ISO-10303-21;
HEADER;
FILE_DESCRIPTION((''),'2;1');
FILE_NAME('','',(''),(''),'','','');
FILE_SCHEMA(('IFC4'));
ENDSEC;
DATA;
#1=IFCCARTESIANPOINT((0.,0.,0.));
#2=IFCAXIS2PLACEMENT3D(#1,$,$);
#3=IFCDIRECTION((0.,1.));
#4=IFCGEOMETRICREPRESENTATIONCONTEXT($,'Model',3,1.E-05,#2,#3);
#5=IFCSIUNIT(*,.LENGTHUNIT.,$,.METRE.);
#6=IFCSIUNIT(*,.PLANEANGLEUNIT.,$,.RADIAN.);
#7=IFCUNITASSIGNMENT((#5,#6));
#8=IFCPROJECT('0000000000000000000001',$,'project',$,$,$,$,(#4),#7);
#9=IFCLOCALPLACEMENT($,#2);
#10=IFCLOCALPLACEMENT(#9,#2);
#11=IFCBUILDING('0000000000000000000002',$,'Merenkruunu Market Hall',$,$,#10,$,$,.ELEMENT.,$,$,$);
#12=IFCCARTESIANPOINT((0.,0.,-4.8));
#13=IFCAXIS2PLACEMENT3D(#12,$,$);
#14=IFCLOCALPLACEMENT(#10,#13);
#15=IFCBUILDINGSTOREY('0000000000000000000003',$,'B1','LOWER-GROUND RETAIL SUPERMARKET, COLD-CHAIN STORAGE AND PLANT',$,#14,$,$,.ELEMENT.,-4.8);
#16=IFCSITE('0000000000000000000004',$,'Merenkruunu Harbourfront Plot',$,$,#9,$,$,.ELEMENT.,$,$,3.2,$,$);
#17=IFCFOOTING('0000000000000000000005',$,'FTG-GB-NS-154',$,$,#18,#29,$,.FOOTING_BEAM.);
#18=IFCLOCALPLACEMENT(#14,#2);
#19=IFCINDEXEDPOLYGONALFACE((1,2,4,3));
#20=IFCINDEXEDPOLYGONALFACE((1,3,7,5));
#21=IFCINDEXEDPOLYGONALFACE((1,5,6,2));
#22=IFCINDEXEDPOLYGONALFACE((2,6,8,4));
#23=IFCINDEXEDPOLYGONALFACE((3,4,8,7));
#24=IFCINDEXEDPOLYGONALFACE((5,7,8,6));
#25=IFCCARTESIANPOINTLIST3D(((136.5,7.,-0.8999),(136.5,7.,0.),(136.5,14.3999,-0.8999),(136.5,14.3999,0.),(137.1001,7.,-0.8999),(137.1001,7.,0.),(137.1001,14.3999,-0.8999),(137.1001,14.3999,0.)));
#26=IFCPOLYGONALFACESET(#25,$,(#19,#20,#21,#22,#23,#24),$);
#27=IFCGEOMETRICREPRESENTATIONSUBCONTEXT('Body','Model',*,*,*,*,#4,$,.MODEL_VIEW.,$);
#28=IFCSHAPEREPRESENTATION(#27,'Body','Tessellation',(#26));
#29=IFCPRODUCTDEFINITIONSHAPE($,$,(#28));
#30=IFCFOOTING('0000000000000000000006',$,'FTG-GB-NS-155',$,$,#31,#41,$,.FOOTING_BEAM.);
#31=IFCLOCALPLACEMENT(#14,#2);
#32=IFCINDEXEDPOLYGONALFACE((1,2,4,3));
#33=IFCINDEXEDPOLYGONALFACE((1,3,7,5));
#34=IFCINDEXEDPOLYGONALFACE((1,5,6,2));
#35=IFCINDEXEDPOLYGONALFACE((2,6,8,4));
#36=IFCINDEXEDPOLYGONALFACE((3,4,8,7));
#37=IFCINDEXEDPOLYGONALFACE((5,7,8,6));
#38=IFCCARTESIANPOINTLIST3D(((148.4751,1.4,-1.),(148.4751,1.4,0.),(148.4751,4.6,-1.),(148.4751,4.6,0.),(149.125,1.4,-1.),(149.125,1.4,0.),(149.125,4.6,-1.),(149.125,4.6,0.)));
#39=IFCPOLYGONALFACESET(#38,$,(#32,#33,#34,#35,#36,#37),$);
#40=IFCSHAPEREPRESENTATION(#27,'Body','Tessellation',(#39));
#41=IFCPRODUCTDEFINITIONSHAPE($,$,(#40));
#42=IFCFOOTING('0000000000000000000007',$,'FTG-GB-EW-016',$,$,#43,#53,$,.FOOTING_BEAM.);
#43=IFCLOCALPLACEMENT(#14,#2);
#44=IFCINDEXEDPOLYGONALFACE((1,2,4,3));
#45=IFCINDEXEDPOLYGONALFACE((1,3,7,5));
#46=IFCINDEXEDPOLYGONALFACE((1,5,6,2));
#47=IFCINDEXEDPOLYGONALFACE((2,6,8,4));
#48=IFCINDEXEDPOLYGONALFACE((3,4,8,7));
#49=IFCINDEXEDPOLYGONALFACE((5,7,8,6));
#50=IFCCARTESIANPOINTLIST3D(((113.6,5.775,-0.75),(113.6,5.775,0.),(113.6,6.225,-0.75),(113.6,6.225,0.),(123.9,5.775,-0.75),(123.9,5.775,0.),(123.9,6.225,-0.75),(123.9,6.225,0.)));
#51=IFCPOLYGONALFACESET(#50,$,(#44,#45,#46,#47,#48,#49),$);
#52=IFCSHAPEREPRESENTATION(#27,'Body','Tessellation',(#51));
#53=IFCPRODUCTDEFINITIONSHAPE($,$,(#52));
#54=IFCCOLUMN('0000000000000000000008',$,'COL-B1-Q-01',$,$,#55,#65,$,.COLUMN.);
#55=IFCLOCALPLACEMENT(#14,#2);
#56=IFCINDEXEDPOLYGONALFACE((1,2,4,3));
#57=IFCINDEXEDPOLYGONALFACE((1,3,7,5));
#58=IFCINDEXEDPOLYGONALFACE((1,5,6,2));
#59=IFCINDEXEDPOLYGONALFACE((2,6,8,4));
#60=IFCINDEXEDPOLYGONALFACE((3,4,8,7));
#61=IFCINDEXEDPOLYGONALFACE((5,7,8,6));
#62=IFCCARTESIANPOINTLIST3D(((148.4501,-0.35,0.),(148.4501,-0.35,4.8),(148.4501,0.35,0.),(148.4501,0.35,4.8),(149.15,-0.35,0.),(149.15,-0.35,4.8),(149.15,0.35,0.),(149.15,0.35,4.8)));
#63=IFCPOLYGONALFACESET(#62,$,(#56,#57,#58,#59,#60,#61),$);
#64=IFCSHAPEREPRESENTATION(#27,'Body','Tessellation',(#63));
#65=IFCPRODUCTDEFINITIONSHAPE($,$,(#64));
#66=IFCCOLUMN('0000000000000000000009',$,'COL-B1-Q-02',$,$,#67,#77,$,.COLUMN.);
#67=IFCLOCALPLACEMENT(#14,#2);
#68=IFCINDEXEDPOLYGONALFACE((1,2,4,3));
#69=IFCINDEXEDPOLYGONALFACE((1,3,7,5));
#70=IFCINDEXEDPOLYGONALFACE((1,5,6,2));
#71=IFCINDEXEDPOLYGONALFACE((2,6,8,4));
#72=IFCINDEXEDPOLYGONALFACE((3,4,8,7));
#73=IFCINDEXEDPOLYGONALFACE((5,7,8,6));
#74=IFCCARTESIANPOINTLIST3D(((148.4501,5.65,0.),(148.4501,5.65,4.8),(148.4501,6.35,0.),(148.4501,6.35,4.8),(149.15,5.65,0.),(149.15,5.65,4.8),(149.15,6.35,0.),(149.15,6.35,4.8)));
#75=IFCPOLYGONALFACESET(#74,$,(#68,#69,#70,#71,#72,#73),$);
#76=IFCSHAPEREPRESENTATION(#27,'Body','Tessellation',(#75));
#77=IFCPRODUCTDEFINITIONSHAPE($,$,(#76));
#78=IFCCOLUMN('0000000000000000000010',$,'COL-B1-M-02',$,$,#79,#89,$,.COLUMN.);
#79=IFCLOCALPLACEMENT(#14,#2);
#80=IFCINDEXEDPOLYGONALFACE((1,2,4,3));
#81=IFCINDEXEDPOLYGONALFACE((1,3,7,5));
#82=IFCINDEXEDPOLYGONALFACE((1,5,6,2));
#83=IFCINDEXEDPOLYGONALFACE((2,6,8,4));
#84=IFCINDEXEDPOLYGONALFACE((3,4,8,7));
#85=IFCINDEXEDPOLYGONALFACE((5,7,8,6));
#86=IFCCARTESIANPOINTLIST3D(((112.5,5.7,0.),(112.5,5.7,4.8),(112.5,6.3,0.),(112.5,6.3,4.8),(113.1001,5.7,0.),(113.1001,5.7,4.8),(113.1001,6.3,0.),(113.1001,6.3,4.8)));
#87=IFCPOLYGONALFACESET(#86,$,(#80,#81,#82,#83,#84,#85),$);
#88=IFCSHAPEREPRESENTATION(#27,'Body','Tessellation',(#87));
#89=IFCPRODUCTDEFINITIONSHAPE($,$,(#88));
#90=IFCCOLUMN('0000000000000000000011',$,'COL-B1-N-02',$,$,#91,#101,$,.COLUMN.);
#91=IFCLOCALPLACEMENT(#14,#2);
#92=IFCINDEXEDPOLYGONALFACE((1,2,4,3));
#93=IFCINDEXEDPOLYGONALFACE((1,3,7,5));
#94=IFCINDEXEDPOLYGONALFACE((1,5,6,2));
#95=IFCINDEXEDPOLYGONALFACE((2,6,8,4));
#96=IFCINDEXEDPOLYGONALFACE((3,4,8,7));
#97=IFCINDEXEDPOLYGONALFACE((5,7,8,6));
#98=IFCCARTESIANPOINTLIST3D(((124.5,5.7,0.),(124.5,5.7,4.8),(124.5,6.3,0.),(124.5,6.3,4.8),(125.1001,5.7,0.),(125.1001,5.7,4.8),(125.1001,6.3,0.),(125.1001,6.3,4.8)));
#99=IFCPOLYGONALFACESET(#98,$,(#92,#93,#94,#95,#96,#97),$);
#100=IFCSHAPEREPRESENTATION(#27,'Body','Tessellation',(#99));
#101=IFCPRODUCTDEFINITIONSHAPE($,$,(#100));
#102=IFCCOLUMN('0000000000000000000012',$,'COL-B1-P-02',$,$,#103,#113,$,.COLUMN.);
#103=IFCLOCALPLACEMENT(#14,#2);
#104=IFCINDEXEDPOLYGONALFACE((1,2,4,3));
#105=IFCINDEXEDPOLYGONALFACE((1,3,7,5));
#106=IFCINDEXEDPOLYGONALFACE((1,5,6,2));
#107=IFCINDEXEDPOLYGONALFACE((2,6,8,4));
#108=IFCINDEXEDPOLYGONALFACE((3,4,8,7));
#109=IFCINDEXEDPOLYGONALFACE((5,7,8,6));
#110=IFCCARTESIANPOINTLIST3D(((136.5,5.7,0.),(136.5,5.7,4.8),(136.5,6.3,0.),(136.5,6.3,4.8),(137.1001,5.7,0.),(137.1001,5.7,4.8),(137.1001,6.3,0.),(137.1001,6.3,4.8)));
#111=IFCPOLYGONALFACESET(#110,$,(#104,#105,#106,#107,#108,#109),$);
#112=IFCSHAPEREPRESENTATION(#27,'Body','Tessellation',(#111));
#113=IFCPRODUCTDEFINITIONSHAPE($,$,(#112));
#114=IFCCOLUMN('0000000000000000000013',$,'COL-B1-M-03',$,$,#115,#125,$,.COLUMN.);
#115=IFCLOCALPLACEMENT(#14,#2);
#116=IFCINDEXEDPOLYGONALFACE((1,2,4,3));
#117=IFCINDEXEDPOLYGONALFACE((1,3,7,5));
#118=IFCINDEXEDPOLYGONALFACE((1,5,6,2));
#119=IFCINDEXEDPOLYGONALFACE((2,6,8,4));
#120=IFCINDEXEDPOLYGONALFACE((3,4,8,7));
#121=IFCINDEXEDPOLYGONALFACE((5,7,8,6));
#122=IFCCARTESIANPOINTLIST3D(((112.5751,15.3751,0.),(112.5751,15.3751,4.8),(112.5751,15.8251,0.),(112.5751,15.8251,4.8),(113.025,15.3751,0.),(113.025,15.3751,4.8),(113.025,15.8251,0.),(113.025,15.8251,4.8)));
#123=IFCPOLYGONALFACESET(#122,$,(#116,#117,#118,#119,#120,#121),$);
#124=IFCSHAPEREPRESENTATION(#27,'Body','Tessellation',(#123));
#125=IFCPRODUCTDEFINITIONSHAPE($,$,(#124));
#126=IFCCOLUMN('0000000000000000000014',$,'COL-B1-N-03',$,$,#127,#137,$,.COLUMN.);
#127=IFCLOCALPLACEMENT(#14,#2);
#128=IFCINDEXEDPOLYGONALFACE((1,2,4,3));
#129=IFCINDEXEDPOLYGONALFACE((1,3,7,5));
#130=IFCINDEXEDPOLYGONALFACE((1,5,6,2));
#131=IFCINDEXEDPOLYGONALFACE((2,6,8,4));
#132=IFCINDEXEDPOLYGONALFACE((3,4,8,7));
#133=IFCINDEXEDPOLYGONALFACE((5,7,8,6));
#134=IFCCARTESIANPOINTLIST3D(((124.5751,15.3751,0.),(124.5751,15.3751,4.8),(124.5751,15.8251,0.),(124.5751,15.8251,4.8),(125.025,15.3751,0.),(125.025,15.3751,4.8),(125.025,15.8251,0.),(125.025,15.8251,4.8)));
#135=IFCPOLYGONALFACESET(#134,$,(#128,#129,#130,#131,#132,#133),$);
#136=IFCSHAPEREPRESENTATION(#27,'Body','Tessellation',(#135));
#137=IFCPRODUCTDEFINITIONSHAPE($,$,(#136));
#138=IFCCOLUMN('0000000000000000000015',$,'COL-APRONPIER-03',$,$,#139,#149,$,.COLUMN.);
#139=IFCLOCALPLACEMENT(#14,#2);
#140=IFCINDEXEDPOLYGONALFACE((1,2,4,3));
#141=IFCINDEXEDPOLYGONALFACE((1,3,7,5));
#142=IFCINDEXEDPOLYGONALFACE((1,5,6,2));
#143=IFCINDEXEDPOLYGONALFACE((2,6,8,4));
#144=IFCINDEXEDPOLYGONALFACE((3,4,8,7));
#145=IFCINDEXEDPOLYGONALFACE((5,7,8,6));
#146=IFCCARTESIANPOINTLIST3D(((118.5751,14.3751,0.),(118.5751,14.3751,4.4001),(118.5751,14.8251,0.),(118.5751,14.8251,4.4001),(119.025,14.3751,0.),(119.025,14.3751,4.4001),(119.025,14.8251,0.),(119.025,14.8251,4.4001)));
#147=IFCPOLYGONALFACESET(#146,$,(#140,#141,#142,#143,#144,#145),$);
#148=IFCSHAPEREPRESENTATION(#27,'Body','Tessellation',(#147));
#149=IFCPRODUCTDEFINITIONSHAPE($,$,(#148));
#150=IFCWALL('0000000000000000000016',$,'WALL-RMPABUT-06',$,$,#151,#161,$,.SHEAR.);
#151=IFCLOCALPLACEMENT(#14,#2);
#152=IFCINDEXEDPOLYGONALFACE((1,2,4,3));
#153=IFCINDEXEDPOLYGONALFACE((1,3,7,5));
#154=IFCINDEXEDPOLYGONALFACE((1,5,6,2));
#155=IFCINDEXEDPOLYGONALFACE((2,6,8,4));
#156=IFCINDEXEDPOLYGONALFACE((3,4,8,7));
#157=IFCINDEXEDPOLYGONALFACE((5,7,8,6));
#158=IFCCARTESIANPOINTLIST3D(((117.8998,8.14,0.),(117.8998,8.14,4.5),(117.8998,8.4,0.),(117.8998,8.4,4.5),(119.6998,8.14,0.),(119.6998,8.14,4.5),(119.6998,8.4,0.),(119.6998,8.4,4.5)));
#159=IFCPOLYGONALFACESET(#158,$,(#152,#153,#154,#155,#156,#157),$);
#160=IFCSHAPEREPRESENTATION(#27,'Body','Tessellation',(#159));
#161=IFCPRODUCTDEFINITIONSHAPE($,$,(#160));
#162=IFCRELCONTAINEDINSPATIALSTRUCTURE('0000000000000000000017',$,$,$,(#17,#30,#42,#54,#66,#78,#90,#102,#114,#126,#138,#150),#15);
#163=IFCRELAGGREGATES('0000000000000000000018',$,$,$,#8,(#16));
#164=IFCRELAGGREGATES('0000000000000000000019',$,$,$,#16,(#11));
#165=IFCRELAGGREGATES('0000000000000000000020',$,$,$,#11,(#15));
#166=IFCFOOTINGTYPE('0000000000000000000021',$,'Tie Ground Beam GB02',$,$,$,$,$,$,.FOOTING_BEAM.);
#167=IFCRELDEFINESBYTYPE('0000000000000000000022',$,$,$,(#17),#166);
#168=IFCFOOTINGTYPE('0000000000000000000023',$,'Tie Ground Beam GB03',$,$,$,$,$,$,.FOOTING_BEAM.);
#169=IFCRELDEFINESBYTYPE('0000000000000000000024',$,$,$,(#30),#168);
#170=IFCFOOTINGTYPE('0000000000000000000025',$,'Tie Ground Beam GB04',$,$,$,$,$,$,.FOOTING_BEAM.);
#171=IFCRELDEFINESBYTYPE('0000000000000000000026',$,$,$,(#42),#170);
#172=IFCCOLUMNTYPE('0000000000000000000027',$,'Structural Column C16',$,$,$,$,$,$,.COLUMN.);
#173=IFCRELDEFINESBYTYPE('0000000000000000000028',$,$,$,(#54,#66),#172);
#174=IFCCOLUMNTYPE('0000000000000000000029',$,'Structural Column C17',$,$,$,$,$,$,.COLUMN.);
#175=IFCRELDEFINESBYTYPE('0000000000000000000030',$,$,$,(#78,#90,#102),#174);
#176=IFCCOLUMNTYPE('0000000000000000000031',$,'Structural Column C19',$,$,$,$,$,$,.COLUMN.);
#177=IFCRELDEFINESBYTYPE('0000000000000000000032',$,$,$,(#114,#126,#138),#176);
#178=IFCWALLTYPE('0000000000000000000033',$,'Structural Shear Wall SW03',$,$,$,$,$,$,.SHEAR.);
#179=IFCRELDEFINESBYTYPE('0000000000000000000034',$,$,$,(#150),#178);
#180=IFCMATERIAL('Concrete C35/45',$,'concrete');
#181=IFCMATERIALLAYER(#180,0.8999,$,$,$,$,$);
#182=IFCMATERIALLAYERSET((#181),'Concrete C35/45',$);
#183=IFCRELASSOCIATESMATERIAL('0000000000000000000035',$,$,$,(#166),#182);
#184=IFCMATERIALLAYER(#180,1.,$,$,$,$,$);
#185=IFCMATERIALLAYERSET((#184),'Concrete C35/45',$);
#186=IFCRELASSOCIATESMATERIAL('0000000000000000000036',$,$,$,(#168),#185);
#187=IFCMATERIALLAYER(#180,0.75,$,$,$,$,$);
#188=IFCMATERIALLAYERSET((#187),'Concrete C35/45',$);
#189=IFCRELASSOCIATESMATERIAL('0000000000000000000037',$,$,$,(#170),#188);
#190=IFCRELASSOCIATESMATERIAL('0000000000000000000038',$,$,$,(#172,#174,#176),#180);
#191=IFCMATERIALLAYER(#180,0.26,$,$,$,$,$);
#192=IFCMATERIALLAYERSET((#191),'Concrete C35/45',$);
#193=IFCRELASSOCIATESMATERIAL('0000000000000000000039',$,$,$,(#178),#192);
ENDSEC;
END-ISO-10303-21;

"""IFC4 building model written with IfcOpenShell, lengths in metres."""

from ifc_helpers import new_model, si_unit, direction, frame, frame_2d, origin, origin_2d, place, context, subcontext, project, spatial, rectangle, extrude, material, layer, layer_set, material_profile, profile_set, type_object, element, save


model = new_model("IFC4")

# Units and contexts
model_context = context("Model", 3, precision=1e-05, world=origin(), true_north=direction((0.0, 1.0)))
body_context = subcontext(model_context, "Body", "Model", "MODEL_VIEW")
ifc_project = project(units=[si_unit("LENGTHUNIT", "METRE"), si_unit("PLANEANGLEUNIT", "RADIAN")], contexts=[model_context])

# Site, building, storey
site_placement = place(None, origin())
site = spatial("IfcSite", under=ifc_project, at=site_placement, Name="Merenkruunu Harbourfront Plot", CompositionType="ELEMENT", RefElevation=3.2)
building_placement = place(site_placement, origin())
building = spatial("IfcBuilding", under=site, at=building_placement, Name="Merenkruunu Market Hall", CompositionType="ELEMENT")
storey_placement = place(building_placement, frame((0.0, 0.0, -4.8)))
storey = spatial("IfcBuildingStorey", under=building, at=storey_placement, Name="B1", Description="LOWER-GROUND RETAIL SUPERMARKET, COLD-CHAIN STORAGE AND PLANT", CompositionType="ELEMENT", Elevation=-4.8)

# Shared definitions
ifc_material = material(Name="Concrete C35/45", Category="concrete")

# Footings
ifc_layer_1 = layer(ifc_material, 0.8999)
ifc_layer_set_1 = layer_set([ifc_layer_1], Name="Concrete C35/45")
footing_type_1 = type_object("IfcFootingType", Name="Tie Ground Beam GB02", PredefinedType="FOOTING_BEAM", material=ifc_layer_set_1)
footing_1_placement = place(storey_placement, frame((136.8, 10.7, -0.8999), z_axis=(0.0, 0.0, 1.0), x_axis=(0.0, 1.0, 0.0)))
element("IfcFooting", 1, at=footing_1_placement, inside=storey, type_object=footing_type_1, Name="FTG-GB-NS-154", PredefinedType="FOOTING_BEAM", context=body_context, shape_type="SweptSolid", body=[
    extrude(rectangle(XDim=7.3999, YDim=0.6001, at=origin_2d()), origin(), (0.0, 0.0, 1.0), 0.8999),
])
ifc_layer_2 = layer(ifc_material, 1.0)
ifc_layer_set_2 = layer_set([ifc_layer_2], Name="Concrete C35/45")
footing_type_2 = type_object("IfcFootingType", Name="Tie Ground Beam GB03", PredefinedType="FOOTING_BEAM", material=ifc_layer_set_2)
footing_2_placement = place(storey_placement, frame((148.8, 3.0, -1.0), z_axis=(0.0, 0.0, 1.0), x_axis=(0.0, 1.0, 0.0)))
element("IfcFooting", 2, at=footing_2_placement, inside=storey, type_object=footing_type_2, Name="FTG-GB-NS-155", PredefinedType="FOOTING_BEAM", context=body_context, shape_type="SweptSolid", body=[
    extrude(rectangle(XDim=3.2, YDim=0.6499, at=origin_2d()), origin(), (0.0, 0.0, 1.0), 1.0),
])
ifc_layer_3 = layer(ifc_material, 0.75)
ifc_layer_set_3 = layer_set([ifc_layer_3], Name="Concrete C35/45")
footing_type_3 = type_object("IfcFootingType", Name="Tie Ground Beam GB04", PredefinedType="FOOTING_BEAM", material=ifc_layer_set_3)
footing_3_placement = place(storey_placement, frame((118.75, 6.0, -0.75), z_axis=(0.0, 0.0, 1.0), x_axis=(1.0, 0.0, 0.0)))
element("IfcFooting", 3, at=footing_3_placement, inside=storey, type_object=footing_type_3, Name="FTG-GB-EW-016", PredefinedType="FOOTING_BEAM", context=body_context, shape_type="SweptSolid", body=[
    extrude(rectangle(XDim=10.3, YDim=0.45, at=origin_2d()), origin(), (0.0, 0.0, 1.0), 0.75),
])

# Columns
ifc_material_profile_1 = material_profile(ifc_material, rectangle(XDim=0.7, YDim=0.7, at=origin_2d()), Name="RC 700x700")
ifc_profile_set_1 = profile_set([ifc_material_profile_1], Name="Concrete C35/45")
column_type_1 = type_object("IfcColumnType", Name="Structural Column C16", PredefinedType="COLUMN", material=ifc_profile_set_1)
for number, where, z_axis, x_axis, name in (
    (4, (148.8, 0.0, 0.0), (0.0, 0.0, 1.0), (1.0, 0.0, 0.0), "COL-B1-Q-01"),
    (5, (148.8, 6.0, 0.0), (0.0, 0.0, 1.0), (1.0, 0.0, 0.0), "COL-B1-Q-02"),
):
    element("IfcColumn", number, at=place(storey_placement, frame(where, z_axis=z_axis, x_axis=x_axis)), inside=storey, type_object=column_type_1, Name=name, PredefinedType="COLUMN", context=body_context, shape_type="SweptSolid", body=[
        extrude(rectangle(XDim=0.7, YDim=0.7, at=origin_2d()), origin(), (0.0, 0.0, 1.0), 4.8),
    ])
ifc_material_profile_2 = material_profile(ifc_material, rectangle(XDim=0.6001, YDim=0.6001, at=origin_2d()), Name="RC 600x600")
ifc_profile_set_2 = profile_set([ifc_material_profile_2], Name="Concrete C35/45")
column_type_2 = type_object("IfcColumnType", Name="Structural Column C17", PredefinedType="COLUMN", material=ifc_profile_set_2)
for number, where, z_axis, x_axis, name in (
    (6, (112.8, 6.0, 0.0), (0.0, 0.0, 1.0), (1.0, 0.0, 0.0), "COL-B1-M-02"),
    (7, (124.8, 6.0, 0.0), (0.0, 0.0, 1.0), (1.0, 0.0, 0.0), "COL-B1-N-02"),
    (8, (136.8, 6.0, 0.0), (0.0, 0.0, 1.0), (1.0, 0.0, 0.0), "COL-B1-P-02"),
):
    element("IfcColumn", number, at=place(storey_placement, frame(where, z_axis=z_axis, x_axis=x_axis)), inside=storey, type_object=column_type_2, Name=name, PredefinedType="COLUMN", context=body_context, shape_type="SweptSolid", body=[
        extrude(rectangle(XDim=0.6001, YDim=0.6001, at=origin_2d()), origin(), (0.0, 0.0, 1.0), 4.8),
    ])
ifc_material_profile_3 = material_profile(ifc_material, rectangle(XDim=0.45, YDim=0.45, at=origin_2d()), Name="RC 450x450")
ifc_profile_set_3 = profile_set([ifc_material_profile_3], Name="Concrete C35/45")
column_type_3 = type_object("IfcColumnType", Name="Structural Column C19", PredefinedType="COLUMN", material=ifc_profile_set_3)
for number, where, z_axis, x_axis, name in (
    (9, (112.8, 15.6001, 0.0), (0.0, 0.0, 1.0), (1.0, 0.0, 0.0), "COL-B1-M-03"),
    (10, (124.8, 15.6001, 0.0), (0.0, 0.0, 1.0), (1.0, 0.0, 0.0), "COL-B1-N-03"),
):
    element("IfcColumn", number, at=place(storey_placement, frame(where, z_axis=z_axis, x_axis=x_axis)), inside=storey, type_object=column_type_3, Name=name, PredefinedType="COLUMN", context=body_context, shape_type="SweptSolid", body=[
        extrude(rectangle(XDim=0.45, YDim=0.45, at=origin_2d()), origin(), (0.0, 0.0, 1.0), 4.8),
    ])
column_placement = place(storey_placement, frame((118.8, 14.6001, 0.0), z_axis=(0.0, 0.0, 1.0), x_axis=(1.0, 0.0, 0.0)))
element("IfcColumn", 11, at=column_placement, inside=storey, type_object=column_type_3, Name="COL-APRONPIER-03", PredefinedType="COLUMN", context=body_context, shape_type="SweptSolid", body=[
    extrude(rectangle(XDim=0.45, YDim=0.45, at=origin_2d()), origin(), (0.0, 0.0, 1.0), 4.4001),
])

# Wall
ifc_layer_4 = layer(ifc_material, 0.26)
ifc_layer_set_4 = layer_set([ifc_layer_4], Name="Concrete C35/45")
wall_type = type_object("IfcWallType", Name="Structural Shear Wall SW03", PredefinedType="SHEAR", material=ifc_layer_set_4)
wall_placement = place(storey_placement, frame((117.8999, 8.27, 0.0), z_axis=(0.0, 0.0, 1.0), x_axis=(1.0, 0.0, 0.0)))
element("IfcWall", 12, at=wall_placement, inside=storey, type_object=wall_type, Name="WALL-RMPABUT-06", PredefinedType="SHEAR", context=body_context, shape_type="SweptSolid", body=[
    extrude(rectangle(XDim=1.8, YDim=0.26, at=frame_2d((0.8999, 0.0))), origin(), (0.0, 0.0, 1.0), 4.5),
])

save(model, "model.ifc")
